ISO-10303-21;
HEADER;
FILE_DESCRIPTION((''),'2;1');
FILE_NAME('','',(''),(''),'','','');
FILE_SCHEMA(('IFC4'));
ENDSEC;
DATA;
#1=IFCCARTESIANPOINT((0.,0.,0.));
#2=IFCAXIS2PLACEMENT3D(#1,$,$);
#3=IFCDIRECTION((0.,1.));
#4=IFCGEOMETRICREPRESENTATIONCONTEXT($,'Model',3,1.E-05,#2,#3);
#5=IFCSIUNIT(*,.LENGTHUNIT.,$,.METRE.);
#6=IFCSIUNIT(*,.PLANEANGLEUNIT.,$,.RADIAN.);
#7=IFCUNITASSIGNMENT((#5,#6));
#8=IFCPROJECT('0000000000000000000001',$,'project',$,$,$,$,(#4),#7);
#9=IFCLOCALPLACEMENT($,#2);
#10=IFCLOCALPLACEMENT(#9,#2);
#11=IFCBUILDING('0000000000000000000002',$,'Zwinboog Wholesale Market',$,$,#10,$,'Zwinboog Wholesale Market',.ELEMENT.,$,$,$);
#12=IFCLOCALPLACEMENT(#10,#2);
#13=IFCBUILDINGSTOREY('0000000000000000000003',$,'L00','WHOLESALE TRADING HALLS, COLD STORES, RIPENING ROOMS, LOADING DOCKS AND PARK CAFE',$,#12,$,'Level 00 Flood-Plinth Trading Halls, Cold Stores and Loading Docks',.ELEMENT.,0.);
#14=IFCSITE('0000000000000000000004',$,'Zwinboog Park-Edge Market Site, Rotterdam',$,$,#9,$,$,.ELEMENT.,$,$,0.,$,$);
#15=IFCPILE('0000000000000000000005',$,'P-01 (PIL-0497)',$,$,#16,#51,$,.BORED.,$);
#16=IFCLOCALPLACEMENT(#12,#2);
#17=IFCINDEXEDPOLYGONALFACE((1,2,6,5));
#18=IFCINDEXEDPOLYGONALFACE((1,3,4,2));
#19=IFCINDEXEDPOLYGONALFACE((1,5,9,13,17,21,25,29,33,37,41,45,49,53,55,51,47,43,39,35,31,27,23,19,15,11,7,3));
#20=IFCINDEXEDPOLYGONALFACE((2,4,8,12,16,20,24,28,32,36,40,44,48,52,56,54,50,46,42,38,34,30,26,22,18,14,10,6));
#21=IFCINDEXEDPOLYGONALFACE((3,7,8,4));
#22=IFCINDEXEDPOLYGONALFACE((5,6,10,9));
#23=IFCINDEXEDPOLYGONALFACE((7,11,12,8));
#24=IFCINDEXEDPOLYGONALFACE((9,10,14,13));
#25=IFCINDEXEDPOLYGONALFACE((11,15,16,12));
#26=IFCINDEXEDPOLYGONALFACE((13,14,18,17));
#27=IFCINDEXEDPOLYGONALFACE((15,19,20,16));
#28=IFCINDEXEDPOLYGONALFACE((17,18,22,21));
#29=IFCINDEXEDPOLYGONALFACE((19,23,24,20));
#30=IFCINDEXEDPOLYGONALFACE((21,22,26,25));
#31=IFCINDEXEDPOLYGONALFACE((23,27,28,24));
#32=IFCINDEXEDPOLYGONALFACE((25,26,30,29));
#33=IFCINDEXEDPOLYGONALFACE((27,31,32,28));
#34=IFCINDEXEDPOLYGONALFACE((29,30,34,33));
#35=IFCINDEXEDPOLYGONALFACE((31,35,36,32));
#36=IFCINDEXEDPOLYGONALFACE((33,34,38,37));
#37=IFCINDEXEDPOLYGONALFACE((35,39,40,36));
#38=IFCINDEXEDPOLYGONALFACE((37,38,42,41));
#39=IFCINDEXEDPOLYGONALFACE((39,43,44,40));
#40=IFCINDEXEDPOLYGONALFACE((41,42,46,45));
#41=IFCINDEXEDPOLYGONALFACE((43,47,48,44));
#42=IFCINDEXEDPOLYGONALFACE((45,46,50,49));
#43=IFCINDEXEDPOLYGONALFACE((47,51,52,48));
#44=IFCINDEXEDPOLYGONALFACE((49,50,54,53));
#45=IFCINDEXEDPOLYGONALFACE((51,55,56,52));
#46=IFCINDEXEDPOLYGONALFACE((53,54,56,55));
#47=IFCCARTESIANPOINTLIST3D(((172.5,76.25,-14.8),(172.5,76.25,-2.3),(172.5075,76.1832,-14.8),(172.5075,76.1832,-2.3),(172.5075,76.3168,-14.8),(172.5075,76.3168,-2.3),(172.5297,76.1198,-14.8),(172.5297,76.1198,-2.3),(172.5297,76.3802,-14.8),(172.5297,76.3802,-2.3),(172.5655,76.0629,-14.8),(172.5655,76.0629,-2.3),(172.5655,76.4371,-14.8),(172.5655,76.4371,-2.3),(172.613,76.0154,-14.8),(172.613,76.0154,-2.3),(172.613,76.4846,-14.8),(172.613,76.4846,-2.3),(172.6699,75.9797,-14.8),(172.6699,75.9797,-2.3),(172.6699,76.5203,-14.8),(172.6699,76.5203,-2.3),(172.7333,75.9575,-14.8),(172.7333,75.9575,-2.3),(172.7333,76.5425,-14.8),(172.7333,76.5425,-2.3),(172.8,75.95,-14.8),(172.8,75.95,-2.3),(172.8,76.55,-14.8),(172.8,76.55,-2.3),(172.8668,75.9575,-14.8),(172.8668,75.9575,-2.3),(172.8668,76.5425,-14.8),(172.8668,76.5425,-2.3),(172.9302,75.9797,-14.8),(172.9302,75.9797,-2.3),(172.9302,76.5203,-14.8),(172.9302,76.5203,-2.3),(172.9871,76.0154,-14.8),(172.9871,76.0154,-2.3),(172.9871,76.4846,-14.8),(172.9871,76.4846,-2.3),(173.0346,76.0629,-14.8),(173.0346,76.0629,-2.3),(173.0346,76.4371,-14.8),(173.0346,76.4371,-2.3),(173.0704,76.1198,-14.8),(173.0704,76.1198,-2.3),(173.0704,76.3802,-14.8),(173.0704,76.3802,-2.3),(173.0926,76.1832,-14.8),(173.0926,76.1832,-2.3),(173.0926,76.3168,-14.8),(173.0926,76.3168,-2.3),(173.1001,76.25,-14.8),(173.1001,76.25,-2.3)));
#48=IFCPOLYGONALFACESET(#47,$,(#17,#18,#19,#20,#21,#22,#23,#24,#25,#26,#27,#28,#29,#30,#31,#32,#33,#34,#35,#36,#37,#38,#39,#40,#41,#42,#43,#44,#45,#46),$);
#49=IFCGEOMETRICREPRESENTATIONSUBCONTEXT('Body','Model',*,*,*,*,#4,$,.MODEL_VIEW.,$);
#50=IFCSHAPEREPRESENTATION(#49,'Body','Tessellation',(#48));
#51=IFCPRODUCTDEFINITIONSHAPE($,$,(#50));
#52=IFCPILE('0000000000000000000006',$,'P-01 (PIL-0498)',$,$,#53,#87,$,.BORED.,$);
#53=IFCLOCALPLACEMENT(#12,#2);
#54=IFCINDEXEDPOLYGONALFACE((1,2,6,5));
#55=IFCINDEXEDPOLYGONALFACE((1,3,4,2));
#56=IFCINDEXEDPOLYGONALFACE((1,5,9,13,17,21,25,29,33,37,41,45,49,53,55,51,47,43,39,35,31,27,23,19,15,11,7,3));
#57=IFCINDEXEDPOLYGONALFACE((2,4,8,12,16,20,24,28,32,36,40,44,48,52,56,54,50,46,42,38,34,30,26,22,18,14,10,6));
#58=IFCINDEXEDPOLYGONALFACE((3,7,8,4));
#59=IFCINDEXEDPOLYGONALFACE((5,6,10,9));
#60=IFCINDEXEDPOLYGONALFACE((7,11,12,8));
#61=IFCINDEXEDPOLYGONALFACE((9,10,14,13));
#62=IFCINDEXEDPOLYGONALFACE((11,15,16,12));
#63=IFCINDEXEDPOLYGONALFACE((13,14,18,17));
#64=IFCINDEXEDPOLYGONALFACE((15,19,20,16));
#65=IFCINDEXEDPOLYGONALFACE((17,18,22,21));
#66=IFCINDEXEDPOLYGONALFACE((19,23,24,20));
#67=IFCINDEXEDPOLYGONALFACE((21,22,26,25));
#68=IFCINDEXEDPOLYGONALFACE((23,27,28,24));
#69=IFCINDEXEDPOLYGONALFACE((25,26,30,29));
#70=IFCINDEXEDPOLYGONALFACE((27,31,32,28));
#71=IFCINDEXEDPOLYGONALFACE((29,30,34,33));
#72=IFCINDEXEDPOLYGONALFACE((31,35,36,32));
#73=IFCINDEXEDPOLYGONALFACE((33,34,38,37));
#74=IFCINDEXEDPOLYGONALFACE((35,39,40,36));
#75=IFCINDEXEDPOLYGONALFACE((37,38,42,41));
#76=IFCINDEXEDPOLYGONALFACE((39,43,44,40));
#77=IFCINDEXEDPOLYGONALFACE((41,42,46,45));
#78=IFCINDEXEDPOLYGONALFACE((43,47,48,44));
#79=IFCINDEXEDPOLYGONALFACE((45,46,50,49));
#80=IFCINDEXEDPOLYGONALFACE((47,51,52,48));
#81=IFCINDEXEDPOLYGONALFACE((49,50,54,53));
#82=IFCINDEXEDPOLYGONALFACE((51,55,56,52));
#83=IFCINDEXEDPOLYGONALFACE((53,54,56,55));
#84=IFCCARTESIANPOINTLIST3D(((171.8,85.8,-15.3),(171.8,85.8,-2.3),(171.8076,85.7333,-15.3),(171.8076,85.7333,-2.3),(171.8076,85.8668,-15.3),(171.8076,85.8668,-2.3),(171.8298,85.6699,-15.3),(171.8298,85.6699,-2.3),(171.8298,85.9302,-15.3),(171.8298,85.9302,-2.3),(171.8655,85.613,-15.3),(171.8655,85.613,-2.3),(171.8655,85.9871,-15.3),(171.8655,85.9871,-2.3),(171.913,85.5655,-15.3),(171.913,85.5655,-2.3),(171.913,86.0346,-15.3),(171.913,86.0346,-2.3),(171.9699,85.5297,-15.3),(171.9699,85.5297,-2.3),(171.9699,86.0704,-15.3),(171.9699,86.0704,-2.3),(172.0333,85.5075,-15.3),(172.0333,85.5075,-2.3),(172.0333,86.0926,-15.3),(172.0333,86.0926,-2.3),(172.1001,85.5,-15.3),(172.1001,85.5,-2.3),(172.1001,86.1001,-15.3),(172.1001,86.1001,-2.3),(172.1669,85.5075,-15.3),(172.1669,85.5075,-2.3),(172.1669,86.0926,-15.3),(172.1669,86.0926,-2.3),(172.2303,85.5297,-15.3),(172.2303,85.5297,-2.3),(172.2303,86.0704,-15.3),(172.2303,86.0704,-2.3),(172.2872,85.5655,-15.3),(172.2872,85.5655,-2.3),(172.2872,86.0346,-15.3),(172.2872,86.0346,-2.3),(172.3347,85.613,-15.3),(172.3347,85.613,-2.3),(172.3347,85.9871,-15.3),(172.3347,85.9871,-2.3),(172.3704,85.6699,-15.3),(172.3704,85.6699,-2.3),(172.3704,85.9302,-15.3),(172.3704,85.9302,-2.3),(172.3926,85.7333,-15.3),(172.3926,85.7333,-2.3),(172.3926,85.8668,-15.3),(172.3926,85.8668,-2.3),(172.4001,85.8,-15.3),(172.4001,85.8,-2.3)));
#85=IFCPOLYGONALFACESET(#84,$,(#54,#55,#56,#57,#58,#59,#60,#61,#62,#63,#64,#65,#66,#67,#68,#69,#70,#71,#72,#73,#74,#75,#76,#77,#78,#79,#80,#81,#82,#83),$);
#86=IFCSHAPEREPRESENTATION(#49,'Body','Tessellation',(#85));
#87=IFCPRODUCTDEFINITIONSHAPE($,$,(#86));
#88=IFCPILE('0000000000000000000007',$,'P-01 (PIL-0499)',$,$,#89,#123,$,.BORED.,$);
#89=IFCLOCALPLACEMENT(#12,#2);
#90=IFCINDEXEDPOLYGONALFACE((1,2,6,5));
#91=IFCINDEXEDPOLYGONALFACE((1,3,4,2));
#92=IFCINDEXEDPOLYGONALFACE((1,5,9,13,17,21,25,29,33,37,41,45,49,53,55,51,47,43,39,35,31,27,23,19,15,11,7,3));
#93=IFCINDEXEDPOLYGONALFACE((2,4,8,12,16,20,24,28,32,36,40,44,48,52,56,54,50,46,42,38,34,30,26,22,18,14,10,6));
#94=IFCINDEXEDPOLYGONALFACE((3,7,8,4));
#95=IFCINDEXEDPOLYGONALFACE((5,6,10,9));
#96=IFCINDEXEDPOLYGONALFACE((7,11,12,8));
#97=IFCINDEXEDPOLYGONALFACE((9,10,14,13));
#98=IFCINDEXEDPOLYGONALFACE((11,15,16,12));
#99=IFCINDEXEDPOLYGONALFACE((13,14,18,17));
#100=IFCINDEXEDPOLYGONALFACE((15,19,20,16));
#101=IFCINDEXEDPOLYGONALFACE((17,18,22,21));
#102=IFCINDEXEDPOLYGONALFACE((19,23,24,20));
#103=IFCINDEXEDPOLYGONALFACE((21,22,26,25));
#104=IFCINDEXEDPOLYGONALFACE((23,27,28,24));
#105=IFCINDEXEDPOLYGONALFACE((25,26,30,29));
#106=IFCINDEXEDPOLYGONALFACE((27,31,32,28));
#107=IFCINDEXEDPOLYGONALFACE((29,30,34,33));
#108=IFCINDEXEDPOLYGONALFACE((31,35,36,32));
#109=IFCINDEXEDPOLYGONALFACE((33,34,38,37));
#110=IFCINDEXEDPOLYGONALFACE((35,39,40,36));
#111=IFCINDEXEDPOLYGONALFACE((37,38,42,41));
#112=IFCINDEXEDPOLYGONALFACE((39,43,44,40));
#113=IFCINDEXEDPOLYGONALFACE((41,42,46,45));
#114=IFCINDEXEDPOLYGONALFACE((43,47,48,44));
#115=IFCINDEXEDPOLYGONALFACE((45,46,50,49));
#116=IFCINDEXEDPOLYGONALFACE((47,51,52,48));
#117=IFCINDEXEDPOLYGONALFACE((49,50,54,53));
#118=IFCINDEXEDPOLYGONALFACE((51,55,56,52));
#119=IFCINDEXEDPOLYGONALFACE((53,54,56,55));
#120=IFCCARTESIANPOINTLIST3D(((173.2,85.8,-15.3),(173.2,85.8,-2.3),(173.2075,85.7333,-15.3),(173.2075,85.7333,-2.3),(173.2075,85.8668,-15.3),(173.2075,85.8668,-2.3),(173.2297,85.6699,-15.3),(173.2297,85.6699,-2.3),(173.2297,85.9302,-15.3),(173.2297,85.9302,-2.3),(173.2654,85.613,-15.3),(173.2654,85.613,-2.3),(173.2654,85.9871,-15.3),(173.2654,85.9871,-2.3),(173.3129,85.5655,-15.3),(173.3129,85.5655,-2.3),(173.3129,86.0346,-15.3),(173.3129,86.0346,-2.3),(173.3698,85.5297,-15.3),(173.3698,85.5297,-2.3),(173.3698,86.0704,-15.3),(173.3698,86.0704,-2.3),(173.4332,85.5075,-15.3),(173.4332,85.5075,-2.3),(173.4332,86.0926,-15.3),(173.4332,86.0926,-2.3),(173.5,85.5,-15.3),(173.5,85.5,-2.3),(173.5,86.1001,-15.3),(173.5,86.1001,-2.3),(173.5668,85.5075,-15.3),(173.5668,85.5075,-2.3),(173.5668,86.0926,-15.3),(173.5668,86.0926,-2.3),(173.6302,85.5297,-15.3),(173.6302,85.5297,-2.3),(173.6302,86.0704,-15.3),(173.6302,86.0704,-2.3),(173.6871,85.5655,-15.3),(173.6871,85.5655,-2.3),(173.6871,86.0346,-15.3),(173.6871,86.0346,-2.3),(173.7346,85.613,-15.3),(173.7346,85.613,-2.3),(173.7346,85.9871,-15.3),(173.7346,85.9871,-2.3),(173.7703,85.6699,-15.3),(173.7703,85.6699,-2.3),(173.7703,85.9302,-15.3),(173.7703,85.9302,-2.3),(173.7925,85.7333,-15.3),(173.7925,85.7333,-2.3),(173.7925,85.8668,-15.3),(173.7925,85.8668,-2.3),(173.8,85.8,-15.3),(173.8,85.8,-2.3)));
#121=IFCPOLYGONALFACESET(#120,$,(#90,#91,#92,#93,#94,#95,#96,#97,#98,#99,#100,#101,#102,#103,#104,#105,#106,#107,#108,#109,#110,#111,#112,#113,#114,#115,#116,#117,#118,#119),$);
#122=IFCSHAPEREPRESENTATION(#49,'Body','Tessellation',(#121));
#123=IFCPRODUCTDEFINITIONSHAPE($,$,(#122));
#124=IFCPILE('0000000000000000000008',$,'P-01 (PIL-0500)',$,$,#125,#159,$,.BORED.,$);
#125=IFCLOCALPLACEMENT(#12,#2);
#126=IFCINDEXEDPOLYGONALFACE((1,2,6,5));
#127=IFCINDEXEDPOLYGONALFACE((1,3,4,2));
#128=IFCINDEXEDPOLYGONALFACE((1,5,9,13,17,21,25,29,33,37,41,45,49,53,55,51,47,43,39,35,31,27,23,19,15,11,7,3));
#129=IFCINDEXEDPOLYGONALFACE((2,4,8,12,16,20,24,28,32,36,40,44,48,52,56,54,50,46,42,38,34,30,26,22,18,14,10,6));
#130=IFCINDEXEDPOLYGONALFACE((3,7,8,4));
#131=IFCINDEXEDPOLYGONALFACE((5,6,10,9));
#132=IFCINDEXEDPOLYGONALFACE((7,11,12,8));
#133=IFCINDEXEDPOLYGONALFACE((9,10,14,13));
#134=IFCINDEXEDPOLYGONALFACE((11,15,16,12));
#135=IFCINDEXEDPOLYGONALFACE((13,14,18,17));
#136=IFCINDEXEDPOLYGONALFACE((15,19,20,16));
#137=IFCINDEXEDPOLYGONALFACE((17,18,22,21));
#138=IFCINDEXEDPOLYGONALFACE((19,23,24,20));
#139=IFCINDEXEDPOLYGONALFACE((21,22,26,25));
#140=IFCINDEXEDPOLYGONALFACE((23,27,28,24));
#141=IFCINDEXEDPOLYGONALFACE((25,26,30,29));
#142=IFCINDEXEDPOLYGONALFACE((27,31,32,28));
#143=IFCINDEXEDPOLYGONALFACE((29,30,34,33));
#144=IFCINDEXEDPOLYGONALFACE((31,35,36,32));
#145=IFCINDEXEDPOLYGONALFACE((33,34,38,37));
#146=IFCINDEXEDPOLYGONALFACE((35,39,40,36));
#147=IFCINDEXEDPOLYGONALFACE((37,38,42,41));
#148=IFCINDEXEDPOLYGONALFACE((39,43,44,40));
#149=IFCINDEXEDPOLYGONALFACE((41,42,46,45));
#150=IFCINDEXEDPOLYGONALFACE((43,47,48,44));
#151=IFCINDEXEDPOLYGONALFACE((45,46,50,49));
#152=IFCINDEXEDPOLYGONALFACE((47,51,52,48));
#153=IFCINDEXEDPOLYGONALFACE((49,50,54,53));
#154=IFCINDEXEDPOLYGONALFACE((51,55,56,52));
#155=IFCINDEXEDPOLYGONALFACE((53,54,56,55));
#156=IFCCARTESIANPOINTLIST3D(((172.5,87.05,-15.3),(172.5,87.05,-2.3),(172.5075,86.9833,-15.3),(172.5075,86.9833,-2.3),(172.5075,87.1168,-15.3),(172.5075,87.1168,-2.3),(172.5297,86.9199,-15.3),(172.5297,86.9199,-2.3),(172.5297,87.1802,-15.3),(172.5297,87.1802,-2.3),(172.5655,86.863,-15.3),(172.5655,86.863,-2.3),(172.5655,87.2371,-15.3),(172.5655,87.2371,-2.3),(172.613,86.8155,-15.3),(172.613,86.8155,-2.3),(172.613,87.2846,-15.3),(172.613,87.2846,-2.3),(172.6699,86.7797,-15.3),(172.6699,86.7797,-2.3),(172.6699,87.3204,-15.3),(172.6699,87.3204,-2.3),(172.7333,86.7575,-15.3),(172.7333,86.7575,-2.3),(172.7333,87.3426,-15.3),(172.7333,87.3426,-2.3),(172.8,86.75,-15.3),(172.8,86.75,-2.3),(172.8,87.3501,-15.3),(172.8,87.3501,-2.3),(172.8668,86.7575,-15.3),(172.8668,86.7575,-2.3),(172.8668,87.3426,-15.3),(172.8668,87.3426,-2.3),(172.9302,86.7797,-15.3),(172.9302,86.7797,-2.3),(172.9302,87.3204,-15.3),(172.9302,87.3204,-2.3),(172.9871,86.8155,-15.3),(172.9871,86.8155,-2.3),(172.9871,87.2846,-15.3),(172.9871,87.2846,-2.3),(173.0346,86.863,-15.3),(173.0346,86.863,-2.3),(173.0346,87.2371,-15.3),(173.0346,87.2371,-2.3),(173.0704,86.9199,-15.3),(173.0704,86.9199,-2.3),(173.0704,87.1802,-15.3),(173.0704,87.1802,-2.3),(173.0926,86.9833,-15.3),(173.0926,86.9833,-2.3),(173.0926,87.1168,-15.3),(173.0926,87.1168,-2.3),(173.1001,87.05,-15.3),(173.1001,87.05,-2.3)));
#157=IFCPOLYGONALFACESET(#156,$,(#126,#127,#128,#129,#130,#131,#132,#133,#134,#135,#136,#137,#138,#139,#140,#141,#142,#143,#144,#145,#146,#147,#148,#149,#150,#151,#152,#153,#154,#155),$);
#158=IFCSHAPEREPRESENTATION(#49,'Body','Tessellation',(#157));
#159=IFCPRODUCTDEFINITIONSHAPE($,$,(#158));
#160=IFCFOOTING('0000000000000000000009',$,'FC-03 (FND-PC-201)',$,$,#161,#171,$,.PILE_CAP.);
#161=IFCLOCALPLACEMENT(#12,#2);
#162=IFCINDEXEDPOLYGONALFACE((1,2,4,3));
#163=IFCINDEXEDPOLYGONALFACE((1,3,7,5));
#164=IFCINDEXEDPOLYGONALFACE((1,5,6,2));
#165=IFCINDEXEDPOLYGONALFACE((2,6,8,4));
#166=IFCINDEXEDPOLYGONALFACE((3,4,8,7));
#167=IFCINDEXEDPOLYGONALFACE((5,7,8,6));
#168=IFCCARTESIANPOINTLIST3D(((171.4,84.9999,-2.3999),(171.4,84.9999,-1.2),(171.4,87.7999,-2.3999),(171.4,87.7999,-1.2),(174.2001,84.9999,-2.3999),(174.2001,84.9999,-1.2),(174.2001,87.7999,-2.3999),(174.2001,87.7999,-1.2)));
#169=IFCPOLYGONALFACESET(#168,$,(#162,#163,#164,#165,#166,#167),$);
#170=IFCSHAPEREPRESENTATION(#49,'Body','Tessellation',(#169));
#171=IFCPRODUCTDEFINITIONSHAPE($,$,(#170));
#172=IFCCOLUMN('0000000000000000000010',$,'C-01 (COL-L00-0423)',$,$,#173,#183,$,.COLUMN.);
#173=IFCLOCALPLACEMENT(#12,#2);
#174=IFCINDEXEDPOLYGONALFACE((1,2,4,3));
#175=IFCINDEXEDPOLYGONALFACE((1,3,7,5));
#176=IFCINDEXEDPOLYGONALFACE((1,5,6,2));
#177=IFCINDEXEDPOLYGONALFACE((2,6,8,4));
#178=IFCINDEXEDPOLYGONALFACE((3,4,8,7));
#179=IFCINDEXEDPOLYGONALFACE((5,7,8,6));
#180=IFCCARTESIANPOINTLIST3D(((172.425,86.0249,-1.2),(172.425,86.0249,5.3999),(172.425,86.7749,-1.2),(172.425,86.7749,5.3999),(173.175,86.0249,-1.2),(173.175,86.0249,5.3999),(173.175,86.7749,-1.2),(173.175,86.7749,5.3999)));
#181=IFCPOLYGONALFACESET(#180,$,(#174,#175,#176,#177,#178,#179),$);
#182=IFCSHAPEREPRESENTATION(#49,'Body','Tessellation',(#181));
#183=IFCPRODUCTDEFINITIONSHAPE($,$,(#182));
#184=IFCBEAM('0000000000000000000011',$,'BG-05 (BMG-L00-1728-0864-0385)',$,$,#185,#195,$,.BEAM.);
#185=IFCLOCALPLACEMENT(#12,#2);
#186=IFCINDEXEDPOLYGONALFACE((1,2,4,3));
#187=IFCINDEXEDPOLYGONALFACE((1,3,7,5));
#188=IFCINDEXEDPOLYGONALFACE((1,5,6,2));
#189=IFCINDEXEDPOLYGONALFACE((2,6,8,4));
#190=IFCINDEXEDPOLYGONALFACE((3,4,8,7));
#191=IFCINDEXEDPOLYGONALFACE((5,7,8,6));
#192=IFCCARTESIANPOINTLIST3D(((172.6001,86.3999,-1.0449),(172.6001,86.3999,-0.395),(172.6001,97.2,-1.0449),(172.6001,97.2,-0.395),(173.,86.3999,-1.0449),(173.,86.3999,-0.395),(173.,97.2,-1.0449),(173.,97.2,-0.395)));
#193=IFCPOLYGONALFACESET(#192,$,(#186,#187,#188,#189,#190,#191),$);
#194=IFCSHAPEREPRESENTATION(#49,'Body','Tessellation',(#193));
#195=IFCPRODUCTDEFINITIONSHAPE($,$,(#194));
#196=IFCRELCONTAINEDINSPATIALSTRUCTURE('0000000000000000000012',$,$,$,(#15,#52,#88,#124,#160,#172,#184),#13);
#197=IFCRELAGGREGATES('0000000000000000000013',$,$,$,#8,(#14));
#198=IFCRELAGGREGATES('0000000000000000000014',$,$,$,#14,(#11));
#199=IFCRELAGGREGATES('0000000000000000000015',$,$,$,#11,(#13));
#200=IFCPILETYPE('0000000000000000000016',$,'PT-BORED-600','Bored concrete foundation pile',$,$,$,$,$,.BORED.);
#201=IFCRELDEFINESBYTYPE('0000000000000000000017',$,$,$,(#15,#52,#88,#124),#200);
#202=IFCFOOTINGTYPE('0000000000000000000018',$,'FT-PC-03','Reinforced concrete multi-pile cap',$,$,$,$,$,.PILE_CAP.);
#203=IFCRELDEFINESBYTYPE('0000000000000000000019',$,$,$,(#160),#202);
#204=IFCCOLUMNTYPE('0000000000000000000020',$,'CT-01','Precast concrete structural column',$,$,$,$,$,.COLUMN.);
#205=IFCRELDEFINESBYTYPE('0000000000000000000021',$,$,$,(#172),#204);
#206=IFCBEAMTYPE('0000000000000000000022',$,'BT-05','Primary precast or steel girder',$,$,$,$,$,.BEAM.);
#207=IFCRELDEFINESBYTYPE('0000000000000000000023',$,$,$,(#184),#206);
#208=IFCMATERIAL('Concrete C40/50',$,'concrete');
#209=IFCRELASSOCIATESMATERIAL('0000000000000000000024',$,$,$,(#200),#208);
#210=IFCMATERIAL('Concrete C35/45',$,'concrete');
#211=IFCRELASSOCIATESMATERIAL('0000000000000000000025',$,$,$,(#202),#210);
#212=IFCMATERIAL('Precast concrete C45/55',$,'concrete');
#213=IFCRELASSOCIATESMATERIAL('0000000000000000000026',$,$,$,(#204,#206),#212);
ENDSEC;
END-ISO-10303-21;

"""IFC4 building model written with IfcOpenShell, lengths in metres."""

from ifc_helpers import new_model, si_unit, direction, frame, origin, origin_2d, place, context, subcontext, project, spatial, rectangle, circle, extrude, material, material_profile, profile_set, type_object, element, save


model = new_model("IFC4")

# Units and contexts
model_context = context("Model", 3, precision=1e-05, world=origin(), true_north=direction((0.0, 1.0)))
body_context = subcontext(model_context, "Body", "Model", "MODEL_VIEW")
ifc_project = project(units=[si_unit("LENGTHUNIT", "METRE"), si_unit("PLANEANGLEUNIT", "RADIAN")], contexts=[model_context])

# Site, building, storey
site_placement = place(None, origin())
site = spatial("IfcSite", under=ifc_project, at=site_placement, Name="Zwinboog Park-Edge Market Site, Rotterdam", CompositionType="ELEMENT", RefElevation=0.0)
building_placement = place(site_placement, origin())
building = spatial("IfcBuilding", under=site, at=building_placement, Name="Zwinboog Wholesale Market", LongName="Zwinboog Wholesale Market", CompositionType="ELEMENT")
storey_placement = place(building_placement, origin())
storey = spatial("IfcBuildingStorey", under=building, at=storey_placement, Name="L00", Description="WHOLESALE TRADING HALLS, COLD STORES, RIPENING ROOMS, LOADING DOCKS AND PARK CAFE", LongName="Level 00 Flood-Plinth Trading Halls, Cold Stores and Loading Docks", CompositionType="ELEMENT", Elevation=0.0)

# Piles
ifc_material_1 = material(Name="Concrete C40/50", Category="concrete")
ifc_material_profile_1 = material_profile(ifc_material_1, circle(Radius=0.3, at=origin_2d()), Name="PILE D600")
ifc_profile_set_1 = profile_set([ifc_material_profile_1], Name="Concrete C40/50")
pile_type = type_object("IfcPileType", Name="PT-BORED-600", Description="Bored concrete foundation pile", PredefinedType="BORED", material=ifc_profile_set_1)
pile_placement = place(storey_placement, frame((172.8, 76.25, -2.3), z_axis=(0.0, 0.0, -1.0), x_axis=(1.0, 0.0, 0.0)))
element("IfcPile", 1, at=pile_placement, inside=storey, type_object=pile_type, Name="P-01 (PIL-0497)", PredefinedType="BORED", context=body_context, shape_type="SweptSolid", body=[
    extrude(circle(Radius=0.3, at=origin_2d()), origin(), (0.0, 0.0, 1.0), 12.5),
])
for number, where, z_axis, x_axis, name in (
    (2, (172.1001, 85.8, -2.3), (0.0, 0.0, -1.0), (1.0, 0.0, 0.0), "P-01 (PIL-0498)"),
    (3, (173.5, 85.8, -2.3), (0.0, 0.0, -1.0), (1.0, 0.0, 0.0), "P-01 (PIL-0499)"),
    (4, (172.8, 87.05, -2.3), (0.0, 0.0, -1.0), (1.0, 0.0, 0.0), "P-01 (PIL-0500)"),
):
    element("IfcPile", number, at=place(storey_placement, frame(where, z_axis=z_axis, x_axis=x_axis)), inside=storey, type_object=pile_type, Name=name, PredefinedType="BORED", context=body_context, shape_type="SweptSolid", body=[
        extrude(circle(Radius=0.3, at=origin_2d()), origin(), (0.0, 0.0, 1.0), 13.0),
    ])

# Footing
ifc_material_2 = material(Name="Concrete C35/45", Category="concrete")
footing_type = type_object("IfcFootingType", Name="FT-PC-03", Description="Reinforced concrete multi-pile cap", PredefinedType="PILE_CAP", material=ifc_material_2)
footing_placement = place(storey_placement, frame((172.8, 86.3999, -2.3999), z_axis=(0.0, 0.0, 1.0), x_axis=(1.0, 0.0, 0.0)))
element("IfcFooting", 5, at=footing_placement, inside=storey, type_object=footing_type, Name="FC-03 (FND-PC-201)", PredefinedType="PILE_CAP", context=body_context, shape_type="SweptSolid", body=[
    extrude(rectangle(XDim=2.8, YDim=2.8, at=origin_2d()), origin(), (0.0, 0.0, 1.0), 1.2),
])

# Column
ifc_material_3 = material(Name="Precast concrete C45/55", Category="concrete")
ifc_material_profile_2 = material_profile(ifc_material_3, rectangle(XDim=0.75, YDim=0.75, at=origin_2d()), Name="PC 750x750")
ifc_profile_set_2 = profile_set([ifc_material_profile_2], Name="Precast concrete C45/55")
column_type = type_object("IfcColumnType", Name="CT-01", Description="Precast concrete structural column", PredefinedType="COLUMN", material=ifc_profile_set_2)
column_placement = place(storey_placement, frame((172.8, 86.3999, -1.2), z_axis=(0.0, 0.0, 1.0), x_axis=(1.0, 0.0, 0.0)))
element("IfcColumn", 6, at=column_placement, inside=storey, type_object=column_type, Name="C-01 (COL-L00-0423)", PredefinedType="COLUMN", context=body_context, shape_type="SweptSolid", body=[
    extrude(rectangle(XDim=0.75, YDim=0.75, at=origin_2d()), origin(), (0.0, 0.0, 1.0), 6.5999),
])

# Beam
ifc_material_profile_3 = material_profile(ifc_material_3, rectangle(XDim=0.3999, YDim=0.6499, at=origin_2d()), Name="PC 400x650")
ifc_profile_set_3 = profile_set([ifc_material_profile_3], Name="Precast concrete C45/55")
beam_type_1 = type_object("IfcBeamType", Name="BT-05", Description="Primary precast or steel girder", PredefinedType="BEAM", material=ifc_profile_set_3)
for number, where, z_axis, x_axis, name in (
    (7, (172.8, 86.3999, -0.72), (0.0, 1.0, 0.0), (-1.0, 0.0, 0.0), "BG-05 (BMG-L00-1728-0864-0385)"),
):
    element("IfcBeam", number, at=place(storey_placement, frame(where, z_axis=z_axis, x_axis=x_axis)), inside=storey, type_object=beam_type_1, Name=name, PredefinedType="BEAM", context=body_context, shape_type="SweptSolid", body=[
        extrude(rectangle(XDim=0.3999, YDim=0.6499, at=origin_2d()), origin(), (0.0, 0.0, 1.0), 10.8),
    ])

save(model, "model.ifc")
